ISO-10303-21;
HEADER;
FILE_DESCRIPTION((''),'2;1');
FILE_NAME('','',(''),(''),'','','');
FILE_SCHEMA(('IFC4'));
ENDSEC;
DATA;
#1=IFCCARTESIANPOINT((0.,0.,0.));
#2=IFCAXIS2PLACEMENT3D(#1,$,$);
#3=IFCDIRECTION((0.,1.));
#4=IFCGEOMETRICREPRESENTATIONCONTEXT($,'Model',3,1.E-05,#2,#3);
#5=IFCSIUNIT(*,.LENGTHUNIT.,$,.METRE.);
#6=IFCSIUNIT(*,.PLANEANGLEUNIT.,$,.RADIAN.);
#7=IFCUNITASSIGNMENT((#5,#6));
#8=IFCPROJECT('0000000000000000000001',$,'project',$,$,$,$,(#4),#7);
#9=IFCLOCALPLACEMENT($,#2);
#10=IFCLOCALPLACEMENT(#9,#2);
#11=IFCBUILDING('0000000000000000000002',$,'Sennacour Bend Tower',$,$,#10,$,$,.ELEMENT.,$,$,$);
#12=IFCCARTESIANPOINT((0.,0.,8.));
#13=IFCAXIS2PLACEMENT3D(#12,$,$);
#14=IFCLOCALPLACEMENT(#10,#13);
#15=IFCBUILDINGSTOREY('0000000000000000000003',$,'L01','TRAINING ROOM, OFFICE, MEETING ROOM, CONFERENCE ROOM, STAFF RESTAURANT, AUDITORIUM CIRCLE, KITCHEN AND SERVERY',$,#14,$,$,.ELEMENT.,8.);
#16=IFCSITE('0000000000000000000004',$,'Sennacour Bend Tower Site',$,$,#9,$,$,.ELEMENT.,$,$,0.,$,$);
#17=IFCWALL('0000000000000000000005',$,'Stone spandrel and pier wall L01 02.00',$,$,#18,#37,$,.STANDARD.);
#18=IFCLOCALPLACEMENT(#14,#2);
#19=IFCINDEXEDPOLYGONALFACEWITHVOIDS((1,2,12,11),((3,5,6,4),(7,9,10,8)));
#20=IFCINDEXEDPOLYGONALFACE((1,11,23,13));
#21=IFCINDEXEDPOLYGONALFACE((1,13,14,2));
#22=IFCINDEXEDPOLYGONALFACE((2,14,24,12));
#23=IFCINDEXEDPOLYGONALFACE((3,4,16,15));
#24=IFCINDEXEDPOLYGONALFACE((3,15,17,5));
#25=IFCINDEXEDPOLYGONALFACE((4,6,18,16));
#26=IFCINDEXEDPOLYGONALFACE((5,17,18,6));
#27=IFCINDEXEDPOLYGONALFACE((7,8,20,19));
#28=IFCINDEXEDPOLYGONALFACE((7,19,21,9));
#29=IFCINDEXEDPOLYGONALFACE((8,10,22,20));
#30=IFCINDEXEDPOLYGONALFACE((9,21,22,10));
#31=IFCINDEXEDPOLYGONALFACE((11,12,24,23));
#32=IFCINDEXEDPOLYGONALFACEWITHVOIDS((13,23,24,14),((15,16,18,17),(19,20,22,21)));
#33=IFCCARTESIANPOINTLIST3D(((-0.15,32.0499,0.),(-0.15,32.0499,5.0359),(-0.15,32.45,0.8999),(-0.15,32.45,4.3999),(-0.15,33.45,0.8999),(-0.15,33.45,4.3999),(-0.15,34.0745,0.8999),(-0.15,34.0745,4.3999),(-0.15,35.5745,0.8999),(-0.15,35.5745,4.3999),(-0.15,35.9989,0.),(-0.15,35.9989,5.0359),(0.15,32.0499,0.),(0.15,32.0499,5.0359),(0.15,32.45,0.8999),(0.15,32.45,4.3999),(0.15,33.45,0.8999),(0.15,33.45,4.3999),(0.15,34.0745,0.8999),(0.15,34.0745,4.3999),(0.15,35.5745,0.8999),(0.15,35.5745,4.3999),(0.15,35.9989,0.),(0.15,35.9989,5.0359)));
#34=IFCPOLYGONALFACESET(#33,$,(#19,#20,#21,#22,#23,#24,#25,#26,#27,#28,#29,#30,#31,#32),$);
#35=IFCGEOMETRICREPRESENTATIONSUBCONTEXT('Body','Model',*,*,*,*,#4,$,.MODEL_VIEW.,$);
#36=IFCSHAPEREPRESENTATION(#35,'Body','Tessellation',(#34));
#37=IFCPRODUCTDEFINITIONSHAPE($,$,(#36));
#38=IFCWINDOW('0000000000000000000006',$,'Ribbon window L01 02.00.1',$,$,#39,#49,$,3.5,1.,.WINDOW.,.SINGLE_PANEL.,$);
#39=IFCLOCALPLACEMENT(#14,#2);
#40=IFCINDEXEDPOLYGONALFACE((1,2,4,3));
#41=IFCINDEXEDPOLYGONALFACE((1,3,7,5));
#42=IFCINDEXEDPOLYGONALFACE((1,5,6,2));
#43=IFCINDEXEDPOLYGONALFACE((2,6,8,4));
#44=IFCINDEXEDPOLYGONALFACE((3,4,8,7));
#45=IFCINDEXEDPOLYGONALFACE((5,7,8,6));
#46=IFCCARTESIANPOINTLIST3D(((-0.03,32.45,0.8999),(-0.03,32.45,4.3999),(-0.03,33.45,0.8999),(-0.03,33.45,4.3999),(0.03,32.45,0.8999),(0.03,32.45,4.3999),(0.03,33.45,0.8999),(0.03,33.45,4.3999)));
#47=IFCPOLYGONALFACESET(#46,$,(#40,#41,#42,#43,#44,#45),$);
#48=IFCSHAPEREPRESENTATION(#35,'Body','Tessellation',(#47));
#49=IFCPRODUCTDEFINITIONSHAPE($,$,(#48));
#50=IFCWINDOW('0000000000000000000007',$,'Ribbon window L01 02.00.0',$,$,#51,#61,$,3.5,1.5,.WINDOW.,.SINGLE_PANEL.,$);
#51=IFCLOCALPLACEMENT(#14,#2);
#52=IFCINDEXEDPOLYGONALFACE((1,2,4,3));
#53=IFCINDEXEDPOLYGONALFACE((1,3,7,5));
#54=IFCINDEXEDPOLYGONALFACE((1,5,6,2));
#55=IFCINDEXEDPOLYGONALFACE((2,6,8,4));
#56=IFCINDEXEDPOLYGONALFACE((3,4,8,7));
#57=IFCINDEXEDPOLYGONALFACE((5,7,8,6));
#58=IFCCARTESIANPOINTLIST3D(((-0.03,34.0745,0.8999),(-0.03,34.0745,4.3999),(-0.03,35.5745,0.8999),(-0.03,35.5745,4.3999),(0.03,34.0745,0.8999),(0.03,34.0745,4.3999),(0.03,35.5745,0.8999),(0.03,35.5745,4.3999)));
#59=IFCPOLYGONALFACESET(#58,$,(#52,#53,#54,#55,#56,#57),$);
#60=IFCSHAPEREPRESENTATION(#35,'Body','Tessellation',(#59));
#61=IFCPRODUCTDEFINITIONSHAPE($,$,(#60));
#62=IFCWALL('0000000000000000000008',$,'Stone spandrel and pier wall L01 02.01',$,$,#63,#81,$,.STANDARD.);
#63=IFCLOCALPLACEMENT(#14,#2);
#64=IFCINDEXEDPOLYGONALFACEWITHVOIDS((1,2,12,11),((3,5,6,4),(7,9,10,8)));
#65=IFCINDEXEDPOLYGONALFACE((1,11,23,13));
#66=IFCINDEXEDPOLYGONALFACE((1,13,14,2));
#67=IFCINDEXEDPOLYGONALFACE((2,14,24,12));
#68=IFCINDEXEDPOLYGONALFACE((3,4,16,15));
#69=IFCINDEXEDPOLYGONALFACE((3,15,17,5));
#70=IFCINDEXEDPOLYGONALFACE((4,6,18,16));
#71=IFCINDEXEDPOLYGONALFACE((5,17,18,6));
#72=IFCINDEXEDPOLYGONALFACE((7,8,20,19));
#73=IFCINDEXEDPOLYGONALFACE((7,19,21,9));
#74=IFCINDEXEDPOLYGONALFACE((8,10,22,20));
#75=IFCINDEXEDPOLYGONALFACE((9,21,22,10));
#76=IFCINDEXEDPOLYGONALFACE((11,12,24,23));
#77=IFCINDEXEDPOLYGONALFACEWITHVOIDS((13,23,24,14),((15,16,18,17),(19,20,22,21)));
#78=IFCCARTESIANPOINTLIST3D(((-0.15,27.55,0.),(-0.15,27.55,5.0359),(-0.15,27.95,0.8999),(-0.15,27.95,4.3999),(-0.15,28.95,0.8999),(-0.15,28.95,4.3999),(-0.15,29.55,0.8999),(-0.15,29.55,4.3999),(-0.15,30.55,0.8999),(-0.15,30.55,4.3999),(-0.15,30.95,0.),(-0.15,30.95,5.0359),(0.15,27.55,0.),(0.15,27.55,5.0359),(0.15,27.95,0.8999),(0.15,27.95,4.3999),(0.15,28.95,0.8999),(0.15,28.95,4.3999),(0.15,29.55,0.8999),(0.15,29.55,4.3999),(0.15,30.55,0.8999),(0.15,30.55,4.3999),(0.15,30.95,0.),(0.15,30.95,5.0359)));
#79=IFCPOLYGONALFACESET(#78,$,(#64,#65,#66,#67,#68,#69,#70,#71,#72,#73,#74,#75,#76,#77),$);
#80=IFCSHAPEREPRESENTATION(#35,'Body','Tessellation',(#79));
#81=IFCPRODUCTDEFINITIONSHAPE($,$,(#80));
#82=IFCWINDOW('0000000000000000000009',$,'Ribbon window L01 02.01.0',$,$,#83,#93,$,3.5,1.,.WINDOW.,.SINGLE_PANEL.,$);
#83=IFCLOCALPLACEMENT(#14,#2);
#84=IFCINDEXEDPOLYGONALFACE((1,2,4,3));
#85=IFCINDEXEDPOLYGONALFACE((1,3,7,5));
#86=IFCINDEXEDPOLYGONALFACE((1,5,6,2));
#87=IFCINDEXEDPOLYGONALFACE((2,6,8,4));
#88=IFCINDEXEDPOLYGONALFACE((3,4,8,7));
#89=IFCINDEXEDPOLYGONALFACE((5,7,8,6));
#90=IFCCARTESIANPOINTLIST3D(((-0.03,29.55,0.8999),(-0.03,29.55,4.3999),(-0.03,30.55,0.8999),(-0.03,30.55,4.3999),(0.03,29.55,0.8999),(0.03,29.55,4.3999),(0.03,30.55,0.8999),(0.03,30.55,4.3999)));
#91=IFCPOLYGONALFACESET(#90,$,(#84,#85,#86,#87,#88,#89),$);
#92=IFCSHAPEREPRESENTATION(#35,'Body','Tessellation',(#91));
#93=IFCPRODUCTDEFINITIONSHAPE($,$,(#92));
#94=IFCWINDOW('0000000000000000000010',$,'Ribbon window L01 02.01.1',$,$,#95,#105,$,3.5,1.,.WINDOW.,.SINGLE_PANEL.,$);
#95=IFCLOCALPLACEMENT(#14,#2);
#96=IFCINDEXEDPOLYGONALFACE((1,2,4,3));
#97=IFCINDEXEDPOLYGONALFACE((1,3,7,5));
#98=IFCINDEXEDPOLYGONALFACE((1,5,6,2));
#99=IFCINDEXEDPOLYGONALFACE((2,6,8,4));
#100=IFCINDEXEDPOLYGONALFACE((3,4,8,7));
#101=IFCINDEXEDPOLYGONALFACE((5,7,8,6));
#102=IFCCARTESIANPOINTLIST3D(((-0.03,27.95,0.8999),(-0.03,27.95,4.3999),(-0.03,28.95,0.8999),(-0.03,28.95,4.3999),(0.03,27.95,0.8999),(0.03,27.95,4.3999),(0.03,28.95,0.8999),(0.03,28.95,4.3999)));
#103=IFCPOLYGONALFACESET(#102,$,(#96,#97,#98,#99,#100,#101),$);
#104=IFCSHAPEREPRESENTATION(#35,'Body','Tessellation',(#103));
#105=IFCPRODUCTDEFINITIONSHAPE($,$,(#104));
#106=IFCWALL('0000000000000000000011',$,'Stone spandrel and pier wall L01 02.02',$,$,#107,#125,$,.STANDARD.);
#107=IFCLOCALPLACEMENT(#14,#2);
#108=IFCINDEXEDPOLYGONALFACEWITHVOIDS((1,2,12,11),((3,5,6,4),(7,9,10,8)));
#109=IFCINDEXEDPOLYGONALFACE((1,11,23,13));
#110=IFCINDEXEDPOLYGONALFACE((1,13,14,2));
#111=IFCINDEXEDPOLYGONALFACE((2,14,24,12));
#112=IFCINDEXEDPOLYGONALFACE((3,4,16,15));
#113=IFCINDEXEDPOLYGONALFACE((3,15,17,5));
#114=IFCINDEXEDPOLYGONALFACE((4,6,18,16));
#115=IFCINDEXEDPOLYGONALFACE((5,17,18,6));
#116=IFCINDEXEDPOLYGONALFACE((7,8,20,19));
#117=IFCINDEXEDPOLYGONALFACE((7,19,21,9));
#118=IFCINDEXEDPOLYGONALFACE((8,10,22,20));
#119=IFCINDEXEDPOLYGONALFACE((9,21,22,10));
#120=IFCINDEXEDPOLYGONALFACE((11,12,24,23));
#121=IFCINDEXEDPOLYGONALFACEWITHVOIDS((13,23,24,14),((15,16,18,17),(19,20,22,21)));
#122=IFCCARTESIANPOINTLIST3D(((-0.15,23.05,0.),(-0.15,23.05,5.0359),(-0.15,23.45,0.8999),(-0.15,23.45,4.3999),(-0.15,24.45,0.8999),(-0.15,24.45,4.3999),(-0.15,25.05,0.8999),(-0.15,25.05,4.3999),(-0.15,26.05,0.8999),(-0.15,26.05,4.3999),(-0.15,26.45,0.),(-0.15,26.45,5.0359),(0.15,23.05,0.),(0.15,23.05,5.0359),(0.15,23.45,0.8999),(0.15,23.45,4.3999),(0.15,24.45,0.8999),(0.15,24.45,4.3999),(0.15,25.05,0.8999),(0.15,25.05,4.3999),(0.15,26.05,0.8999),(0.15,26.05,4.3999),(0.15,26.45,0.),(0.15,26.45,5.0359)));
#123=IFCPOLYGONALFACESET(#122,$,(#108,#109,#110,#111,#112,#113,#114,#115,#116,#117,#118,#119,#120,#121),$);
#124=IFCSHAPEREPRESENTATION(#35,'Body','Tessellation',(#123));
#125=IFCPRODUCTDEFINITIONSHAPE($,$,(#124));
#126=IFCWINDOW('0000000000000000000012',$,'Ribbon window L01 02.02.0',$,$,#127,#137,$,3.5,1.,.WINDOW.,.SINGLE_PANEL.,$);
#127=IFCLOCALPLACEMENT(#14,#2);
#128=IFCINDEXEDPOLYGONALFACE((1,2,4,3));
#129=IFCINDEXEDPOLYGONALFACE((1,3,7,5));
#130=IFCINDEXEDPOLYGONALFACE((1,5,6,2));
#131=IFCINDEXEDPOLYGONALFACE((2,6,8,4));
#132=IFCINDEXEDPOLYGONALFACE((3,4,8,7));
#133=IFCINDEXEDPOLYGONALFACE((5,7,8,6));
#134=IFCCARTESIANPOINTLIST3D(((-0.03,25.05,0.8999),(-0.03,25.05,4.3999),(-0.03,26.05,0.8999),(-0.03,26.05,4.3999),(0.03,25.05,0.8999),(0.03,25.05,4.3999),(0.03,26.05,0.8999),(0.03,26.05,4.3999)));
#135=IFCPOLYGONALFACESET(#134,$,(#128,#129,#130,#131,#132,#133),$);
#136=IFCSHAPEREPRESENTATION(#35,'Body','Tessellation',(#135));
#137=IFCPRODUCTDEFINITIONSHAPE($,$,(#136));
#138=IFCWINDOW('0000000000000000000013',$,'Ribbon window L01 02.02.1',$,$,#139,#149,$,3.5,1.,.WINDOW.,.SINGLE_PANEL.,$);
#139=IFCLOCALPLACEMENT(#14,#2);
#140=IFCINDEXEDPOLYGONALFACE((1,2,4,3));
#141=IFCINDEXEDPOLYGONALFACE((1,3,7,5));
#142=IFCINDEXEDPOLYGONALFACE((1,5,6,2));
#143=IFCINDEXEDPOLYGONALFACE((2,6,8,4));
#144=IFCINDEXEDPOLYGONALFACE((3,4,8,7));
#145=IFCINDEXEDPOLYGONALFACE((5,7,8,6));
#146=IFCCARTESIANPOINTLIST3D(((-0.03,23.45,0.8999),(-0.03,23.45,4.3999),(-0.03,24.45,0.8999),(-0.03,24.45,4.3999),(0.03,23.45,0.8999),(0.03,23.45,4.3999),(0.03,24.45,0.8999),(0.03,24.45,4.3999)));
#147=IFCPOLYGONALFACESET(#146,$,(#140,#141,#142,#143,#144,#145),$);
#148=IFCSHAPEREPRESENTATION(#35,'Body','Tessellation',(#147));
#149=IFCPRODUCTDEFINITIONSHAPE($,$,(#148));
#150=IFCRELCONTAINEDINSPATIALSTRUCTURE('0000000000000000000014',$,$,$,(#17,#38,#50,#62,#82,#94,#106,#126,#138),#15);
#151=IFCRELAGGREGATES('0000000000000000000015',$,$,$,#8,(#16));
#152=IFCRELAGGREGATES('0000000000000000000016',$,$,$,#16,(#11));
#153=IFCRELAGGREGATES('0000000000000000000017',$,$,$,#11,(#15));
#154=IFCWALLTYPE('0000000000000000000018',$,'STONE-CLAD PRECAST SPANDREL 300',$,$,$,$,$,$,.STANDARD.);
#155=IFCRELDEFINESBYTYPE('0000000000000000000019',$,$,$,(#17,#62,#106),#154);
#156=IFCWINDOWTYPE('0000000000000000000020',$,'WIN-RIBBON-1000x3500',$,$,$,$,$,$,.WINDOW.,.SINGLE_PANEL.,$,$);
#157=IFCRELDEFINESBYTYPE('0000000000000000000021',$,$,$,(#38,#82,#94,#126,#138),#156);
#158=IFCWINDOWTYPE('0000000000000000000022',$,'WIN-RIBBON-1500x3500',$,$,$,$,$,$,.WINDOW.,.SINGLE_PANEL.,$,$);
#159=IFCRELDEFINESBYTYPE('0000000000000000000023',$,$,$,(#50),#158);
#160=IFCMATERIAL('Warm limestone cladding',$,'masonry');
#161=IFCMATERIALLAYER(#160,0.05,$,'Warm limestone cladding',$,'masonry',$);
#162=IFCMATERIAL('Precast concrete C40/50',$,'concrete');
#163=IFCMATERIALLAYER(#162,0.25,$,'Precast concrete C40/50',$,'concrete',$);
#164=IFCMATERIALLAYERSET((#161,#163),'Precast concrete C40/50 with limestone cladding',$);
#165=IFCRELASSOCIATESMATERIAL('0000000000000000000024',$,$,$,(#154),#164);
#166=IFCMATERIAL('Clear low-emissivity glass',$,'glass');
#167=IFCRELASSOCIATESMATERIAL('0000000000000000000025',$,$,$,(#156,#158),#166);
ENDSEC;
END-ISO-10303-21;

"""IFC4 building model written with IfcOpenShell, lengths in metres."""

from ifc_helpers import new_model, si_unit, direction, frame, frame_2d, origin, place, context, subcontext, project, spatial, rectangle, extrude, material, layer, layer_set, type_object, element, fill, save


model = new_model("IFC4")

# Units and contexts
model_context = context("Model", 3, precision=1e-05, world=origin(), true_north=direction((0.0, 1.0)))
body_context = subcontext(model_context, "Body", "Model", "MODEL_VIEW")
ifc_project = project(units=[si_unit("LENGTHUNIT", "METRE"), si_unit("PLANEANGLEUNIT", "RADIAN")], contexts=[model_context])

# Site, building, storey
site_placement = place(None, origin())
site = spatial("IfcSite", under=ifc_project, at=site_placement, Name="Sennacour Bend Tower Site", CompositionType="ELEMENT", RefElevation=0.0)
building_placement = place(site_placement, origin())
building = spatial("IfcBuilding", under=site, at=building_placement, Name="Sennacour Bend Tower", CompositionType="ELEMENT")
storey_placement = place(building_placement, frame((0.0, 0.0, 8.0)))
storey = spatial("IfcBuildingStorey", under=building, at=storey_placement, Name="L01", Description="TRAINING ROOM, OFFICE, MEETING ROOM, CONFERENCE ROOM, STAFF RESTAURANT, AUDITORIUM CIRCLE, KITCHEN AND SERVERY", CompositionType="ELEMENT", Elevation=8.0)

# Walls, openings, windows
ifc_material_1 = material(Name="Warm limestone cladding", Category="masonry")
ifc_layer_1 = layer(ifc_material_1, 0.05, Name="Warm limestone cladding", Category="masonry")
ifc_material_2 = material(Name="Precast concrete C40/50", Category="concrete")
ifc_layer_2 = layer(ifc_material_2, 0.25, Name="Precast concrete C40/50", Category="concrete")
ifc_layer_set_1 = layer_set([ifc_layer_1, ifc_layer_2], Name="Precast concrete C40/50 with limestone cladding")
wall_type_1 = type_object("IfcWallType", Name="STONE-CLAD PRECAST SPANDREL 300", PredefinedType="STANDARD", material=ifc_layer_set_1)
wall_1_placement = place(storey_placement, frame((0.0, 35.999, 0.0), z_axis=(0.0, 0.0, 1.0), x_axis=(0.0, -1.0, 0.0)))
wall_1 = element("IfcWall", 1, at=wall_1_placement, inside=storey, type_object=wall_type_1, Name="Stone spandrel and pier wall L01 02.00", PredefinedType="STANDARD", context=body_context, shape_type="SweptSolid", body=[
    extrude(rectangle(XDim=3.949, YDim=0.3, at=frame_2d((1.9746, 0.0))), origin(), (0.0, 0.0, 1.0), 5.0359),
])
opening_1_placement = place(wall_1_placement, frame((0.4246, 0.0, 0.8999)))
opening_1 = element("IfcOpeningElement", 2, at=opening_1_placement, cuts=wall_1, PredefinedType="OPENING", context=body_context, shape_type="SweptSolid", body=[
    extrude(rectangle(XDim=1.5, YDim=3.5, at=frame_2d((0.75, 1.75))), frame((0.0, 0.1602, 0.0), z_axis=(0.0, -1.0, 0.0), x_axis=(1.0, 0.0, 0.0)), (0.0, 0.0, 1.0), 0.3201),
])
opening_2_placement = place(wall_1_placement, frame((2.5491, 0.0, 0.8999)))
opening_2 = element("IfcOpeningElement", 3, at=opening_2_placement, cuts=wall_1, PredefinedType="OPENING", context=body_context, shape_type="SweptSolid", body=[
    extrude(rectangle(XDim=1.0, YDim=3.5, at=frame_2d((0.5, 1.75))), frame((0.0, 0.1602, 0.0), z_axis=(0.0, -1.0, 0.0), x_axis=(1.0, 0.0, 0.0)), (0.0, 0.0, 1.0), 0.3201),
])
ifc_material_3 = material(Name="Clear low-emissivity glass", Category="glass")
window_type_1 = type_object("IfcWindowType", Name="WIN-RIBBON-1000x3500", PartitioningType="SINGLE_PANEL", PredefinedType="WINDOW", material=ifc_material_3)
window_1_placement = place(opening_2_placement, origin())
window_1 = element("IfcWindow", 4, at=window_1_placement, inside=storey, type_object=window_type_1, Name="Ribbon window L01 02.00.1", OverallHeight=3.5, OverallWidth=1.0, PartitioningType="SINGLE_PANEL", PredefinedType="WINDOW", context=body_context, shape_type="SweptSolid", body=[
    extrude(rectangle(XDim=1.0, YDim=3.5, at=frame_2d((0.5, 1.75))), frame((0.0, 0.03, 0.0), z_axis=(0.0, -1.0, 0.0), x_axis=(1.0, 0.0, 0.0)), (0.0, 0.0, 1.0), 0.0601),
])
fill(opening_2, window_1)
window_type_2 = type_object("IfcWindowType", Name="WIN-RIBBON-1500x3500", PartitioningType="SINGLE_PANEL", PredefinedType="WINDOW", material=ifc_material_3)
window_2_placement = place(opening_1_placement, origin())
window_2 = element("IfcWindow", 5, at=window_2_placement, inside=storey, type_object=window_type_2, Name="Ribbon window L01 02.00.0", OverallHeight=3.5, OverallWidth=1.5, PartitioningType="SINGLE_PANEL", PredefinedType="WINDOW", context=body_context, shape_type="SweptSolid", body=[
    extrude(rectangle(XDim=1.5, YDim=3.5, at=frame_2d((0.75, 1.75))), frame((0.0, 0.03, 0.0), z_axis=(0.0, -1.0, 0.0), x_axis=(1.0, 0.0, 0.0)), (0.0, 0.0, 1.0), 0.0601),
])
fill(opening_1, window_2)
wall_2_placement = place(storey_placement, frame((0.0, 30.95, 0.0), z_axis=(0.0, 0.0, 1.0), x_axis=(0.0, -1.0, 0.0)))
wall_2 = element("IfcWall", 6, at=wall_2_placement, inside=storey, type_object=wall_type_1, Name="Stone spandrel and pier wall L01 02.01", PredefinedType="STANDARD", context=body_context, shape_type="SweptSolid", body=[
    extrude(rectangle(XDim=3.3999, YDim=0.3, at=frame_2d((1.7, 0.0))), origin(), (0.0, 0.0, 1.0), 5.0359),
])
opening_3_placement = place(wall_2_placement, frame((0.3999, 0.0, 0.8999)))
opening_3 = element("IfcOpeningElement", 7, at=opening_3_placement, cuts=wall_2, PredefinedType="OPENING", context=body_context, shape_type="SweptSolid", body=[
    extrude(rectangle(XDim=1.0, YDim=3.5, at=frame_2d((0.5, 1.75))), frame((0.0, 0.1602, 0.0), z_axis=(0.0, -1.0, 0.0), x_axis=(1.0, 0.0, 0.0)), (0.0, 0.0, 1.0), 0.3201),
])
opening_4_placement = place(wall_2_placement, frame((2.0, 0.0, 0.8999)))
opening_4 = element("IfcOpeningElement", 8, at=opening_4_placement, cuts=wall_2, PredefinedType="OPENING", context=body_context, shape_type="SweptSolid", body=[
    extrude(rectangle(XDim=1.0, YDim=3.5, at=frame_2d((0.5, 1.75))), frame((0.0, 0.1602, 0.0), z_axis=(0.0, -1.0, 0.0), x_axis=(1.0, 0.0, 0.0)), (0.0, 0.0, 1.0), 0.3201),
])
window_3_placement = place(opening_3_placement, origin())
window_3 = element("IfcWindow", 9, at=window_3_placement, inside=storey, type_object=window_type_1, Name="Ribbon window L01 02.01.0", OverallHeight=3.5, OverallWidth=1.0, PartitioningType="SINGLE_PANEL", PredefinedType="WINDOW", context=body_context, shape_type="SweptSolid", body=[
    extrude(rectangle(XDim=1.0, YDim=3.5, at=frame_2d((0.5, 1.75))), frame((0.0, 0.03, 0.0), z_axis=(0.0, -1.0, 0.0), x_axis=(1.0, 0.0, 0.0)), (0.0, 0.0, 1.0), 0.0601),
])
fill(opening_3, window_3)
window_4_placement = place(opening_4_placement, origin())
window_4 = element("IfcWindow", 10, at=window_4_placement, inside=storey, type_object=window_type_1, Name="Ribbon window L01 02.01.1", OverallHeight=3.5, OverallWidth=1.0, PartitioningType="SINGLE_PANEL", PredefinedType="WINDOW", context=body_context, shape_type="SweptSolid", body=[
    extrude(rectangle(XDim=1.0, YDim=3.5, at=frame_2d((0.5, 1.75))), frame((0.0, 0.03, 0.0), z_axis=(0.0, -1.0, 0.0), x_axis=(1.0, 0.0, 0.0)), (0.0, 0.0, 1.0), 0.0601),
])
fill(opening_4, window_4)
wall_3_placement = place(storey_placement, frame((0.0, 26.45, 0.0), z_axis=(0.0, 0.0, 1.0), x_axis=(0.0, -1.0, 0.0)))
wall_3 = element("IfcWall", 11, at=wall_3_placement, inside=storey, type_object=wall_type_1, Name="Stone spandrel and pier wall L01 02.02", PredefinedType="STANDARD", context=body_context, shape_type="SweptSolid", body=[
    extrude(rectangle(XDim=3.3999, YDim=0.3, at=frame_2d((1.7, 0.0))), origin(), (0.0, 0.0, 1.0), 5.0359),
])
opening_5_placement = place(wall_3_placement, frame((0.3999, 0.0, 0.8999)))
opening_5 = element("IfcOpeningElement", 12, at=opening_5_placement, cuts=wall_3, PredefinedType="OPENING", context=body_context, shape_type="SweptSolid", body=[
    extrude(rectangle(XDim=1.0, YDim=3.5, at=frame_2d((0.5, 1.75))), frame((0.0, 0.1602, 0.0), z_axis=(0.0, -1.0, 0.0), x_axis=(1.0, 0.0, 0.0)), (0.0, 0.0, 1.0), 0.3201),
])
opening_6_placement = place(wall_3_placement, frame((2.0, 0.0, 0.8999)))
opening_6 = element("IfcOpeningElement", 13, at=opening_6_placement, cuts=wall_3, PredefinedType="OPENING", context=body_context, shape_type="SweptSolid", body=[
    extrude(rectangle(XDim=1.0, YDim=3.5, at=frame_2d((0.5, 1.75))), frame((0.0, 0.1602, 0.0), z_axis=(0.0, -1.0, 0.0), x_axis=(1.0, 0.0, 0.0)), (0.0, 0.0, 1.0), 0.3201),
])
window_5_placement = place(opening_5_placement, origin())
window_5 = element("IfcWindow", 14, at=window_5_placement, inside=storey, type_object=window_type_1, Name="Ribbon window L01 02.02.0", OverallHeight=3.5, OverallWidth=1.0, PartitioningType="SINGLE_PANEL", PredefinedType="WINDOW", context=body_context, shape_type="SweptSolid", body=[
    extrude(rectangle(XDim=1.0, YDim=3.5, at=frame_2d((0.5, 1.75))), frame((0.0, 0.03, 0.0), z_axis=(0.0, -1.0, 0.0), x_axis=(1.0, 0.0, 0.0)), (0.0, 0.0, 1.0), 0.0601),
])
fill(opening_5, window_5)
window_6_placement = place(opening_6_placement, origin())
window_6 = element("IfcWindow", 15, at=window_6_placement, inside=storey, type_object=window_type_1, Name="Ribbon window L01 02.02.1", OverallHeight=3.5, OverallWidth=1.0, PartitioningType="SINGLE_PANEL", PredefinedType="WINDOW", context=body_context, shape_type="SweptSolid", body=[
    extrude(rectangle(XDim=1.0, YDim=3.5, at=frame_2d((0.5, 1.75))), frame((0.0, 0.03, 0.0), z_axis=(0.0, -1.0, 0.0), x_axis=(1.0, 0.0, 0.0)), (0.0, 0.0, 1.0), 0.0601),
])
fill(opening_6, window_6)

save(model, "model.ifc")
